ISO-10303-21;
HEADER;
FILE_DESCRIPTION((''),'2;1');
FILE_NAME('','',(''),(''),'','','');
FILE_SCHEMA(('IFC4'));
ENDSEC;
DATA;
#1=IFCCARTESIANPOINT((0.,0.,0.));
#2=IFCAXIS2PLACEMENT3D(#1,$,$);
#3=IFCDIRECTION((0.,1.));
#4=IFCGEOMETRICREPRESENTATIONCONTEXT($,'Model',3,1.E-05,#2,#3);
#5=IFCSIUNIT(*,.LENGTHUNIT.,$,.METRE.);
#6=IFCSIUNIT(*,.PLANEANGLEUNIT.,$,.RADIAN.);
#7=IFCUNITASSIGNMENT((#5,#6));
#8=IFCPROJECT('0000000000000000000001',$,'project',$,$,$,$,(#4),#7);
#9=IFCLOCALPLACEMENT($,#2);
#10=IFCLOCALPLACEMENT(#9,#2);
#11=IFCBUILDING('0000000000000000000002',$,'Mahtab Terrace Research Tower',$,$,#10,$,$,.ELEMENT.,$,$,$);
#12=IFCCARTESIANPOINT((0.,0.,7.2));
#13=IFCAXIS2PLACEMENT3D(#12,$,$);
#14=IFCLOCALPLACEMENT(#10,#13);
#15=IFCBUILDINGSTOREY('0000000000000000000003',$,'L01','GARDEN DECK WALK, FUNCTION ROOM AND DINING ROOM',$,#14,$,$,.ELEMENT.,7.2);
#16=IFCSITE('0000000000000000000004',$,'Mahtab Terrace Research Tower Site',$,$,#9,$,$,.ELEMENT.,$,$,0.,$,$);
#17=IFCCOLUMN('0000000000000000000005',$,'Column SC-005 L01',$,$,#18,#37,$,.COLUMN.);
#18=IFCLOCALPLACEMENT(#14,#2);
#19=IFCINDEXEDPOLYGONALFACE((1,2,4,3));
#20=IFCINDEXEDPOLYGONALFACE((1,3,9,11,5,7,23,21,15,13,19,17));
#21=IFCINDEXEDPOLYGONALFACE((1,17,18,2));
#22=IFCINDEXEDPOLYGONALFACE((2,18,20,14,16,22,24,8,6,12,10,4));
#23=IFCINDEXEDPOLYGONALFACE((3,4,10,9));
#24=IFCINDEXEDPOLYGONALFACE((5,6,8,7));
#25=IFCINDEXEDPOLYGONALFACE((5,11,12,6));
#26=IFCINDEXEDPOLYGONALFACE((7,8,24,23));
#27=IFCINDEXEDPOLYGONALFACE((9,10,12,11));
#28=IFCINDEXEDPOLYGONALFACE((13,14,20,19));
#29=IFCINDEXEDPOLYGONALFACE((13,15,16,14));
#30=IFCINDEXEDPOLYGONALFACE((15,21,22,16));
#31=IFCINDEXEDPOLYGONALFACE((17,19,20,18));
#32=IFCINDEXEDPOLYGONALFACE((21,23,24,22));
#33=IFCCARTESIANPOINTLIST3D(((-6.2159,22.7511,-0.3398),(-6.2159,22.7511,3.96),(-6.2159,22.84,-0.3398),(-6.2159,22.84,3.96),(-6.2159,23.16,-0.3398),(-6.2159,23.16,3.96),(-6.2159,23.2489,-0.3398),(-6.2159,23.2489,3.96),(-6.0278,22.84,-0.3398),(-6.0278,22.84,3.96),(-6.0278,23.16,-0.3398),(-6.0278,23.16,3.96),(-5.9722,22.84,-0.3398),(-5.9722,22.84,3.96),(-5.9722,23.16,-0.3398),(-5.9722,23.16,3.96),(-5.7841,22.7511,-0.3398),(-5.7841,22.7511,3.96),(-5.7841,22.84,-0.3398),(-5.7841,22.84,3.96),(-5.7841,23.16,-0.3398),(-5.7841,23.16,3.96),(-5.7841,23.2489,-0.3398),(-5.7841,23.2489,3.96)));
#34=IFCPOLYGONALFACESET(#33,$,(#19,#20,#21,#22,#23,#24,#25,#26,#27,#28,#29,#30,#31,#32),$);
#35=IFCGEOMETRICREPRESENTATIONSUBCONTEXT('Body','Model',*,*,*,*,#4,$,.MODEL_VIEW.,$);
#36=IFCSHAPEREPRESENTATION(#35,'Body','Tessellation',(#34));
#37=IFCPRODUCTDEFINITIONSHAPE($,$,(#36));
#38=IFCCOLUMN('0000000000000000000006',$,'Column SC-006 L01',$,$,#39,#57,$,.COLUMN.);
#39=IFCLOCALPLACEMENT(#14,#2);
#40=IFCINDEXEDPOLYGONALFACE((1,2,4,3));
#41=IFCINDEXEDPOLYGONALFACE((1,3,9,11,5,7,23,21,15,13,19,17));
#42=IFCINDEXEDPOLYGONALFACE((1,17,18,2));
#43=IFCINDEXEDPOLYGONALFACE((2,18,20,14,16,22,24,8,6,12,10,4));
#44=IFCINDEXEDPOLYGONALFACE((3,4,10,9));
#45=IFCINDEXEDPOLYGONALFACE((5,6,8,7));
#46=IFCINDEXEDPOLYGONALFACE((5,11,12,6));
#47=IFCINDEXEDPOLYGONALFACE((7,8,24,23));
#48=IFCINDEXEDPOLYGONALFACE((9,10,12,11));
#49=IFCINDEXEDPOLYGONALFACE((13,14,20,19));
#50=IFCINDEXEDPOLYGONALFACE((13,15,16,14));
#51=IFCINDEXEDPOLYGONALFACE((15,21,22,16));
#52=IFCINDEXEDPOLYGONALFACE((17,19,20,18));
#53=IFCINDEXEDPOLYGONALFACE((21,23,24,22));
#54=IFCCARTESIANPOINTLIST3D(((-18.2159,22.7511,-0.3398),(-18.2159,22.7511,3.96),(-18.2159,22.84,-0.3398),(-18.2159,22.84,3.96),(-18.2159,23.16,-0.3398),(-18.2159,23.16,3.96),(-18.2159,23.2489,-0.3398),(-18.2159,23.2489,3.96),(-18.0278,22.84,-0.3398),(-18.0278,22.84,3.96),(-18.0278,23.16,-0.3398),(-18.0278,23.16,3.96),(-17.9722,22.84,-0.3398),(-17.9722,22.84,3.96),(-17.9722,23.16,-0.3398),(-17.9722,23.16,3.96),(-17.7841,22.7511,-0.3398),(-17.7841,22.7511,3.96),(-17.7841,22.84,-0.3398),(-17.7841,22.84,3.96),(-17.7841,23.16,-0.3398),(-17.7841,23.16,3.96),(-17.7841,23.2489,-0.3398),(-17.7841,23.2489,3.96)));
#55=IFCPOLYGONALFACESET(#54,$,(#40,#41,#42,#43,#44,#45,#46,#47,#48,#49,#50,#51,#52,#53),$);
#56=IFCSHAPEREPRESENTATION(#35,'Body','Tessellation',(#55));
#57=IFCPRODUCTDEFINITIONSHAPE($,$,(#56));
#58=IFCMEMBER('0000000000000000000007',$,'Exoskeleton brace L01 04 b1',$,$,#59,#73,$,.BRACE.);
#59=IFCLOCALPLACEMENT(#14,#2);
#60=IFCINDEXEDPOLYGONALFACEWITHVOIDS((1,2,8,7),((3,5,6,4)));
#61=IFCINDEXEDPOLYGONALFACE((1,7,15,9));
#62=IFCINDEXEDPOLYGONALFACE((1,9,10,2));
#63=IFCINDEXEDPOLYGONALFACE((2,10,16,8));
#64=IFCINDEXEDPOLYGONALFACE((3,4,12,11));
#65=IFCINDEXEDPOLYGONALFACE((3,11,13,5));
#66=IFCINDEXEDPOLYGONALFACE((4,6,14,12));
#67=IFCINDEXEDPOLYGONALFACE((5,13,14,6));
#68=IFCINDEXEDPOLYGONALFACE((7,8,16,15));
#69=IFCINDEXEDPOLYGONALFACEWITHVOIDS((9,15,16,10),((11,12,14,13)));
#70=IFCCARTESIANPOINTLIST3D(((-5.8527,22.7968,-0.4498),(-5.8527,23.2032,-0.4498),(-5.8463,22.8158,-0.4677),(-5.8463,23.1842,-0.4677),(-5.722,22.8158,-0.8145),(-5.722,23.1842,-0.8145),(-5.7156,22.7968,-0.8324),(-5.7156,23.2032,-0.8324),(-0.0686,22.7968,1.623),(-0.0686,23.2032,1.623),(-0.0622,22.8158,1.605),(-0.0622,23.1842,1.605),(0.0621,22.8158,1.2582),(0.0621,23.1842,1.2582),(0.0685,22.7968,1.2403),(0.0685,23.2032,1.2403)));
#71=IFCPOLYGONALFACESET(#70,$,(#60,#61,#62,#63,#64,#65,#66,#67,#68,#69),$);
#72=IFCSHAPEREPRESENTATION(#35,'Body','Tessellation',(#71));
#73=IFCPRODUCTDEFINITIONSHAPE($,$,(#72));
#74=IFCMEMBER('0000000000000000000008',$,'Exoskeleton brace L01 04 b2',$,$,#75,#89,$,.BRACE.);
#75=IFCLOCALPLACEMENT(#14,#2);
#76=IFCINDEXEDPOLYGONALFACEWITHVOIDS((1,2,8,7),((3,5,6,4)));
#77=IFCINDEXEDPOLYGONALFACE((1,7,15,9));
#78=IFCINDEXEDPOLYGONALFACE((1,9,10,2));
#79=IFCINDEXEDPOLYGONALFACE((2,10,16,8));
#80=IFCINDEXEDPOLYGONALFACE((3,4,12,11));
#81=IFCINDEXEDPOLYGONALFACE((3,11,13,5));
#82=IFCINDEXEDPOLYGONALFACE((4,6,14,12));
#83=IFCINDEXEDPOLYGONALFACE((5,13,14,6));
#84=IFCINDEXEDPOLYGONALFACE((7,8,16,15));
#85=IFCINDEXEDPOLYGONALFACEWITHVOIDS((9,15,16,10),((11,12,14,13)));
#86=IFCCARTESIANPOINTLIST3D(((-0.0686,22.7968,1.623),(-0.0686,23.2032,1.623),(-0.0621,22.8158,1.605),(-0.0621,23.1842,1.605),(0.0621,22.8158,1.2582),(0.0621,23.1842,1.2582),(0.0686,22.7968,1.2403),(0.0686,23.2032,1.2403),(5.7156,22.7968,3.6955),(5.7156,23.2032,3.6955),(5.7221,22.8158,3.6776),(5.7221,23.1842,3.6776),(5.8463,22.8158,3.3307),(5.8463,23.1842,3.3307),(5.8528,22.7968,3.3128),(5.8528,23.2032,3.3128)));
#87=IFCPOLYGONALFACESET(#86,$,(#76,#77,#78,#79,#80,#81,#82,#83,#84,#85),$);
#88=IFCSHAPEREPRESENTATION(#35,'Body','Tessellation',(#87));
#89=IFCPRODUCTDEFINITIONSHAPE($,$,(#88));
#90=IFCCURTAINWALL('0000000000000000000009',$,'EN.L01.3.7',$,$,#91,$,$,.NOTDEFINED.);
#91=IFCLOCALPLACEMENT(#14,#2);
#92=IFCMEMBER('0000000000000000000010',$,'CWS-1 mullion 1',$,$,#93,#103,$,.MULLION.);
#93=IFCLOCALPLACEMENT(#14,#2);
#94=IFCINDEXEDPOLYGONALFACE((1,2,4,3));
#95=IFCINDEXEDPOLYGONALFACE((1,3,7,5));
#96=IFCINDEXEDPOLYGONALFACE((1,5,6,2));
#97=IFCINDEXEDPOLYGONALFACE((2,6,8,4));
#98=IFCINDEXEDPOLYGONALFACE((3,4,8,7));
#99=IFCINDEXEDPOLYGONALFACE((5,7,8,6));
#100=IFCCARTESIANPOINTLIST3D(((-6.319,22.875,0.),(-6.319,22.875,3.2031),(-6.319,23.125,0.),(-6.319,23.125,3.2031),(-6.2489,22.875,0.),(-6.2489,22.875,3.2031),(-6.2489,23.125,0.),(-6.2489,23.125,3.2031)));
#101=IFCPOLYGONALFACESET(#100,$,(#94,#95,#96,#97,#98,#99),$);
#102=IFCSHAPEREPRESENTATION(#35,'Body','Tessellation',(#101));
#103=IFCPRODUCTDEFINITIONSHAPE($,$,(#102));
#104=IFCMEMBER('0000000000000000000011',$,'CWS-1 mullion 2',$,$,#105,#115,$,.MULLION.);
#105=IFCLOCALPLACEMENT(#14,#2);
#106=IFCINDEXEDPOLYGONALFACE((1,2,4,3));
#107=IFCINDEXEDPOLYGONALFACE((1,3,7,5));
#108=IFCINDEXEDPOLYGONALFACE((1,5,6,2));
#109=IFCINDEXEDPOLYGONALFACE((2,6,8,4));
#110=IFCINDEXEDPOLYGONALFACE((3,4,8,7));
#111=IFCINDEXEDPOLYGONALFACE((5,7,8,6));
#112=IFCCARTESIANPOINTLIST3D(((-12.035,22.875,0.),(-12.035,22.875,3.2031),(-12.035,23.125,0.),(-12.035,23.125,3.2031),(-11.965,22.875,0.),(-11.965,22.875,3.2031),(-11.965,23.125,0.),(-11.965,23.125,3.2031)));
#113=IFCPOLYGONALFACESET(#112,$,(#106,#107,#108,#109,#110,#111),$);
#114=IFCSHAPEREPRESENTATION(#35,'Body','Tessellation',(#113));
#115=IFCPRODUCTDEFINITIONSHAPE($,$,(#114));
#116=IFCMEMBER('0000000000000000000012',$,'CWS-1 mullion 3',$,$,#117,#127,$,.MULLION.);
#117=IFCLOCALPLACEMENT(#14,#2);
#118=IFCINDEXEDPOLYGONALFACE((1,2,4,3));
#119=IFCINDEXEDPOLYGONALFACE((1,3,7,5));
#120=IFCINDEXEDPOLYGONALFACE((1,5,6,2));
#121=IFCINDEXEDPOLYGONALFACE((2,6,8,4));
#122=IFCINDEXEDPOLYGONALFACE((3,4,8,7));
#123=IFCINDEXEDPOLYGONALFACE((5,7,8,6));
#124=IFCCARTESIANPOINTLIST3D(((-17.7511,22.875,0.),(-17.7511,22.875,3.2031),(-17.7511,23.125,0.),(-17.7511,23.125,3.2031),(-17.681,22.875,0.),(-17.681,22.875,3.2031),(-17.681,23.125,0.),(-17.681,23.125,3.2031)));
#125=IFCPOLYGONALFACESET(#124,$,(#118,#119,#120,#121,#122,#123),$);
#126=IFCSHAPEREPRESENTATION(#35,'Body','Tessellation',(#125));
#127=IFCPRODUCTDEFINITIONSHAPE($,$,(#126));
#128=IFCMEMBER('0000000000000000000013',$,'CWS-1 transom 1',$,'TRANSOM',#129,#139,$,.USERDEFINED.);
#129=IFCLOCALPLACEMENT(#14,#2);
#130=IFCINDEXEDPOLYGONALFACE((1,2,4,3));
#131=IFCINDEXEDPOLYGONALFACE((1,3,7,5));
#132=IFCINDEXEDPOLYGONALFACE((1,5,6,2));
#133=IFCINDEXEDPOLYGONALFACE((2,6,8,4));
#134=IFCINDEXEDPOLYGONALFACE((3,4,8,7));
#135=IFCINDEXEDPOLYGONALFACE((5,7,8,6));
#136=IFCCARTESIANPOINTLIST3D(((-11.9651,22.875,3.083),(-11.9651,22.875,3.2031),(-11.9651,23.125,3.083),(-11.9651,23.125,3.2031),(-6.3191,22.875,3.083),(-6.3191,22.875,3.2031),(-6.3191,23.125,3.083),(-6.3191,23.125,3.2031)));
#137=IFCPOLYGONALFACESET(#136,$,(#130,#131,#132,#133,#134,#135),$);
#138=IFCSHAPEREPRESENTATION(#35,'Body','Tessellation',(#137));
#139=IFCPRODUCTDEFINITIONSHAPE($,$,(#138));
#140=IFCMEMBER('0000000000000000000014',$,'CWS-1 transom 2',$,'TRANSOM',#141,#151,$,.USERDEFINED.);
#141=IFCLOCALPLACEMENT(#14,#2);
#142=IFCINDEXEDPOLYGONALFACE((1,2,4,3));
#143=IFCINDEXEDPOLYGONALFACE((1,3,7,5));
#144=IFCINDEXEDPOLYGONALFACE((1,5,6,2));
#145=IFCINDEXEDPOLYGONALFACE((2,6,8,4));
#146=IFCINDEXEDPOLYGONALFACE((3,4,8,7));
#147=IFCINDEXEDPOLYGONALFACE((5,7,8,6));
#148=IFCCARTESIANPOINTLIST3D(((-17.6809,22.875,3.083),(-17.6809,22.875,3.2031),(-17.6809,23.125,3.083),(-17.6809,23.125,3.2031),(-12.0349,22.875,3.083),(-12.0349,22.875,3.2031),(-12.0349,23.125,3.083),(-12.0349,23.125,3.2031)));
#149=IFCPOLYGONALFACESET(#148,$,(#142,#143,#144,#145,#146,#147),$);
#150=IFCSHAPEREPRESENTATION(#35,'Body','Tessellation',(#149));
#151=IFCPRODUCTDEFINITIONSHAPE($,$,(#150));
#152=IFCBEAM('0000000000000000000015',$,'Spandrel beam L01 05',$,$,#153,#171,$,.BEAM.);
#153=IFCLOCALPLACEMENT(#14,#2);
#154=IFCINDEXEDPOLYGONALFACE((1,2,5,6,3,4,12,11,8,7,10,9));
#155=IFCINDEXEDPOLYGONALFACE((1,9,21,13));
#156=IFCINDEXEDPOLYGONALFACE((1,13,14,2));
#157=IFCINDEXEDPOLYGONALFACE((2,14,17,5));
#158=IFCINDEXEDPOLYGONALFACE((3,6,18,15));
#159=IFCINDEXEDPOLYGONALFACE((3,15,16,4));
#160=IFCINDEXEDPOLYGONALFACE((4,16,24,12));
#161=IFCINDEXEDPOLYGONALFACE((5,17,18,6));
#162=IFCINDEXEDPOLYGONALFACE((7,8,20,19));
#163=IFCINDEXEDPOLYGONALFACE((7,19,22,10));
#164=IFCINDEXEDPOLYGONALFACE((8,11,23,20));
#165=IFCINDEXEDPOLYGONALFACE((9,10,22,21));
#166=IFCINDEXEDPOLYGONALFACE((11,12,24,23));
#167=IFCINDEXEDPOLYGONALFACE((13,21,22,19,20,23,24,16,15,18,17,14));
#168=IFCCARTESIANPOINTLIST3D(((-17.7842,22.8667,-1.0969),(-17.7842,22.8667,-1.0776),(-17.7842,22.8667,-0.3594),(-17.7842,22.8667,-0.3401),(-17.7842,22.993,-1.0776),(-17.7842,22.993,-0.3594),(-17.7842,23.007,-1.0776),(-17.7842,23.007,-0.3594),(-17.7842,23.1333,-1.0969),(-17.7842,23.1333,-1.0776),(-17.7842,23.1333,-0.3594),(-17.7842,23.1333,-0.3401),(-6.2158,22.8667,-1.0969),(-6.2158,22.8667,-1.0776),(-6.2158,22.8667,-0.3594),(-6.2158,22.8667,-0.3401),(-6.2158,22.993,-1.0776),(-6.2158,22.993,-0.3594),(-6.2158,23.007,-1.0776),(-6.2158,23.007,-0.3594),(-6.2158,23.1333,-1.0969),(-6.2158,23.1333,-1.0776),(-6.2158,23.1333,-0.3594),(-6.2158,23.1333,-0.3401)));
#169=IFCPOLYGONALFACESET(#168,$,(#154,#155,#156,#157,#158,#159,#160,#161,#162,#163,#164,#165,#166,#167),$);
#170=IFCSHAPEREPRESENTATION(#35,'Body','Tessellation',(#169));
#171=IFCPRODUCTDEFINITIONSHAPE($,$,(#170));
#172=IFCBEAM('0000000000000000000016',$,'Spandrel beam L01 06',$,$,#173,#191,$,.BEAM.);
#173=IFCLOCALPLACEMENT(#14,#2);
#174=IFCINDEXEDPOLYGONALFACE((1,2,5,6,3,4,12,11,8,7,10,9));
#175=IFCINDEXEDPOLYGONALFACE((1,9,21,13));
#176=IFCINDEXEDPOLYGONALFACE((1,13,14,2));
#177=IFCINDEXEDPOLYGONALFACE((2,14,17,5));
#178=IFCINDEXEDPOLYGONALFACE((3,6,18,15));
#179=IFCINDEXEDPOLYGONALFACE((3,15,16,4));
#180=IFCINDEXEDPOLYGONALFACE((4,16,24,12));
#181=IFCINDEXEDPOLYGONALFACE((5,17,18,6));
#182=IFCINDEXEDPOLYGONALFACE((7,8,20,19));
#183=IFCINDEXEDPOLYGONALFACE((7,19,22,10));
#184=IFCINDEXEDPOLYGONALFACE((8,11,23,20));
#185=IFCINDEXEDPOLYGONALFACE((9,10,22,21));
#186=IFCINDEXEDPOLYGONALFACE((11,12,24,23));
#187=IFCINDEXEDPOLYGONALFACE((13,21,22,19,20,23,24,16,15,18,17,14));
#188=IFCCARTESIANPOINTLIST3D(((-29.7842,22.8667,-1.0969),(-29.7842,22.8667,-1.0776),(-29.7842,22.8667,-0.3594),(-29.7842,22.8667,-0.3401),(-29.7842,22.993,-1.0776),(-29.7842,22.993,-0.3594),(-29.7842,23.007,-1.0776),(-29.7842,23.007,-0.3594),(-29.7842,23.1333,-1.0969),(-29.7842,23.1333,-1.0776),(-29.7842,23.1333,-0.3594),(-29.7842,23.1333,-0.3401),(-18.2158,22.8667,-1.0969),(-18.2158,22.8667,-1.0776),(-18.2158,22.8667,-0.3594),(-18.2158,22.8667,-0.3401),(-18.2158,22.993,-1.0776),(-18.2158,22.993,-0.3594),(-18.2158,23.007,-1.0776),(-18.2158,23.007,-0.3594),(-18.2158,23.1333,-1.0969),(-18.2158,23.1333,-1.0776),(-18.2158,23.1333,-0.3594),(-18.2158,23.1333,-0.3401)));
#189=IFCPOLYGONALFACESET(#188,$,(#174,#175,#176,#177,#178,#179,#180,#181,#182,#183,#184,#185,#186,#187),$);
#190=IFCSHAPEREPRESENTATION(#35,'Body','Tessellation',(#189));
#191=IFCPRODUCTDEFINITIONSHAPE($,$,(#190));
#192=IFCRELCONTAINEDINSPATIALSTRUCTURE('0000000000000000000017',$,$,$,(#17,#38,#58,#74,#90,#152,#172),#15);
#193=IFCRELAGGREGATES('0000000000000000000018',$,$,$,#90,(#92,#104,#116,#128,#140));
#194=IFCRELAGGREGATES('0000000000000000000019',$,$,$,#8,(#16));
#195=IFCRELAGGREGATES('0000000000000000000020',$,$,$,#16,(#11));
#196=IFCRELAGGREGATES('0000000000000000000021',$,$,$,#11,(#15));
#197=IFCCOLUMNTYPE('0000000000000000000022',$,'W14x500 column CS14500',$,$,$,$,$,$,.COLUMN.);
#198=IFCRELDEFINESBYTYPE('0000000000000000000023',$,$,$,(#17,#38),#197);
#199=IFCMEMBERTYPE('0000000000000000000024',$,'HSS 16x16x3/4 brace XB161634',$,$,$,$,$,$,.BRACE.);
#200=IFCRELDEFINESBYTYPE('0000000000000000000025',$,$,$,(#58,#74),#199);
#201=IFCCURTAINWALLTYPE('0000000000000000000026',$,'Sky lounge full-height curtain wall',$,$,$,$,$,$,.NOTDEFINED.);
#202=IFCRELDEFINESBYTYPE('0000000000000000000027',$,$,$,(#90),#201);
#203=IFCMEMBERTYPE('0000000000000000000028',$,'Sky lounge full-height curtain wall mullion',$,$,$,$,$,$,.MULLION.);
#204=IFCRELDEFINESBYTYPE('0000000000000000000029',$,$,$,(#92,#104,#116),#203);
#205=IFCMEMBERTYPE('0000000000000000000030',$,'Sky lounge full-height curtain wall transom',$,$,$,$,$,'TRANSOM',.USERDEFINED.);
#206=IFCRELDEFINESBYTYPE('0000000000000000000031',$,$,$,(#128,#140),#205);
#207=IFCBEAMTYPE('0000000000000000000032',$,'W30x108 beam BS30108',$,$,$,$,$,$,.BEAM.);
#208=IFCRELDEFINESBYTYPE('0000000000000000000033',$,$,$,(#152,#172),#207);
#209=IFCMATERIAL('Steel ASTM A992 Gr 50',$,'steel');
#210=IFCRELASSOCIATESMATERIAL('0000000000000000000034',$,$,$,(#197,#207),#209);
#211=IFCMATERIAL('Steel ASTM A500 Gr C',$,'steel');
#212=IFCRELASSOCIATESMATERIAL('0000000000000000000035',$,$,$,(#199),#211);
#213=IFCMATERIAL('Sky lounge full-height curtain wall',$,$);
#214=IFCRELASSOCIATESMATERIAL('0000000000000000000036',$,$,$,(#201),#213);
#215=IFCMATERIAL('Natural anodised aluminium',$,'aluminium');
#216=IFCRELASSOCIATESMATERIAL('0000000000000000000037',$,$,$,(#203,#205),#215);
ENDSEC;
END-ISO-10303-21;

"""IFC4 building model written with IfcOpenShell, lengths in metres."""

from ifc_helpers import new_model, si_unit, direction, frame, origin, origin_2d, place, context, subcontext, project, spatial, rectangle, hollow_rectangle, i_section, extrude, material, material_profile, profile_set, type_object, element, aggregate, save


model = new_model("IFC4")

# Units and contexts
model_context = context("Model", 3, precision=1e-05, world=origin(), true_north=direction((0.0, 1.0)))
body_context = subcontext(model_context, "Body", "Model", "MODEL_VIEW")
ifc_project = project(units=[si_unit("LENGTHUNIT", "METRE"), si_unit("PLANEANGLEUNIT", "RADIAN")], contexts=[model_context])

# Site, building, storey
site_placement = place(None, origin())
site = spatial("IfcSite", under=ifc_project, at=site_placement, Name="Mahtab Terrace Research Tower Site", CompositionType="ELEMENT", RefElevation=0.0)
building_placement = place(site_placement, origin())
building = spatial("IfcBuilding", under=site, at=building_placement, Name="Mahtab Terrace Research Tower", CompositionType="ELEMENT")
storey_placement = place(building_placement, frame((0.0, 0.0, 7.2)))
storey = spatial("IfcBuildingStorey", under=building, at=storey_placement, Name="L01", Description="GARDEN DECK WALK, FUNCTION ROOM AND DINING ROOM", CompositionType="ELEMENT", Elevation=7.2)

# Columns
ifc_material_1 = material(Name="Steel ASTM A992 Gr 50", Category="steel")
ifc_material_profile_1 = material_profile(ifc_material_1, i_section(OverallWidth=0.4319, OverallDepth=0.4978, WebThickness=0.0557, FlangeThickness=0.0889, at=origin_2d()), Name="W14X500")
ifc_profile_set_1 = profile_set([ifc_material_profile_1], Name="Steel ASTM A992 Gr 50")
column_type = type_object("IfcColumnType", Name="W14x500 column CS14500", PredefinedType="COLUMN", material=ifc_profile_set_1)
for number, where, z_axis, x_axis, name in (
    (1, (-6.0, 23.0, -0.3398), (0.0, 0.0, 1.0), (1.0, 0.0, 0.0), "Column SC-005 L01"),
    (2, (-18.0, 23.0, -0.3398), (0.0, 0.0, 1.0), (1.0, 0.0, 0.0), "Column SC-006 L01"),
):
    element("IfcColumn", number, at=place(storey_placement, frame(where, z_axis=z_axis, x_axis=x_axis)), inside=storey, type_object=column_type, Name=name, PredefinedType="COLUMN", context=body_context, shape_type="SweptSolid", body=[
        extrude(i_section(OverallWidth=0.4319, OverallDepth=0.4978, WebThickness=0.0557, FlangeThickness=0.0889, at=origin_2d()), origin(), (0.0, 0.0, 1.0), 4.2998),
    ])

# Members
ifc_material_2 = material(Name="Steel ASTM A500 Gr C", Category="steel")
ifc_material_profile_2 = material_profile(ifc_material_2, hollow_rectangle(XDim=0.4065, YDim=0.4065, WallThickness=0.019, at=origin_2d()), Name="HSS16X16X3/4")
ifc_profile_set_2 = profile_set([ifc_material_profile_2], Name="Steel ASTM A500 Gr C")
member_type_1 = type_object("IfcMemberType", Name="HSS 16x16x3/4 brace XB161634", PredefinedType="BRACE", material=ifc_profile_set_2)
for number, where, z_axis, x_axis, name in (
    (3, (-5.7842, 23.0, -0.6411), (0.941382, 0.0, 0.337343), (0.0, 1.0, 0.0), "Exoskeleton brace L01 04 b1"),
    (4, (0.0, 23.0, 1.4316), (0.941394, 0.0, 0.337308), (0.0, 1.0, 0.0), "Exoskeleton brace L01 04 b2"),
):
    element("IfcMember", number, at=place(storey_placement, frame(where, z_axis=z_axis, x_axis=x_axis)), inside=storey, type_object=member_type_1, Name=name, PredefinedType="BRACE", context=body_context, shape_type="SweptSolid", body=[
        extrude(hollow_rectangle(XDim=0.4065, YDim=0.4065, WallThickness=0.019, at=origin_2d()), origin(), (0.0, 0.0, 1.0), 6.1443),
    ])

# Curtain wall, members
ifc_material_3 = material(Name="Sky lounge full-height curtain wall")
curtain_wall_type = type_object("IfcCurtainWallType", Name="Sky lounge full-height curtain wall", PredefinedType="NOTDEFINED", material=ifc_material_3)
curtain_wall_placement = place(storey_placement, origin())
curtain_wall = element("IfcCurtainWall", 5, at=curtain_wall_placement, inside=storey, type_object=curtain_wall_type, Name="EN.L01.3.7", PredefinedType="NOTDEFINED")
ifc_material_4 = material(Name="Natural anodised aluminium", Category="aluminium")
ifc_material_profile_3 = material_profile(ifc_material_4, rectangle(XDim=0.25, YDim=0.0701, at=origin_2d()), Name="MULLION 70x250")
ifc_profile_set_3 = profile_set([ifc_material_profile_3], Name="Natural anodised aluminium")
member_type_2 = type_object("IfcMemberType", Name="Sky lounge full-height curtain wall mullion", PredefinedType="MULLION", material=ifc_profile_set_3)
member_1_placement = place(storey_placement, frame((-6.2839, 23.0, 0.0), z_axis=(0.0, 0.0, 1.0), x_axis=(0.0, -1.0, 0.0)))
member_1 = element("IfcMember", 6, at=member_1_placement, type_object=member_type_2, Name="CWS-1 mullion 1", PredefinedType="MULLION", context=body_context, shape_type="SweptSolid", body=[
    extrude(rectangle(XDim=0.25, YDim=0.0701, at=origin_2d()), origin(), (0.0, 0.0, 1.0), 3.2031),
])
member_2_placement = place(storey_placement, frame((-12.0, 23.0, 0.0), z_axis=(0.0, 0.0, 1.0), x_axis=(0.0, -1.0, 0.0)))
member_2 = element("IfcMember", 7, at=member_2_placement, type_object=member_type_2, Name="CWS-1 mullion 2", PredefinedType="MULLION", context=body_context, shape_type="SweptSolid", body=[
    extrude(rectangle(XDim=0.25, YDim=0.0701, at=origin_2d()), origin(), (0.0, 0.0, 1.0), 3.2031),
])
member_3_placement = place(storey_placement, frame((-17.7161, 23.0, 0.0), z_axis=(0.0, 0.0, 1.0), x_axis=(0.0, -1.0, 0.0)))
member_3 = element("IfcMember", 8, at=member_3_placement, type_object=member_type_2, Name="CWS-1 mullion 3", PredefinedType="MULLION", context=body_context, shape_type="SweptSolid", body=[
    extrude(rectangle(XDim=0.25, YDim=0.0701, at=origin_2d()), origin(), (0.0, 0.0, 1.0), 3.2031),
])
ifc_material_profile_4 = material_profile(ifc_material_4, rectangle(XDim=0.25, YDim=0.1201, at=origin_2d()), Name="TRANSOM 120x250")
ifc_profile_set_4 = profile_set([ifc_material_profile_4], Name="Natural anodised aluminium")
member_type_3 = type_object("IfcMemberType", Name="Sky lounge full-height curtain wall transom", ElementType="TRANSOM", PredefinedType="USERDEFINED", material=ifc_profile_set_4)
member_4_placement = place(storey_placement, frame((-6.3191, 23.0, 3.1431), z_axis=(-1.0, 0.0, 0.0), x_axis=(0.0, -1.0, 0.0)))
member_4 = element("IfcMember", 9, at=member_4_placement, type_object=member_type_3, Name="CWS-1 transom 1", ObjectType="TRANSOM", PredefinedType="USERDEFINED", context=body_context, shape_type="SweptSolid", body=[
    extrude(rectangle(XDim=0.25, YDim=0.1201, at=origin_2d()), origin(), (0.0, 0.0, 1.0), 5.646),
])
member_5_placement = place(storey_placement, frame((-12.0349, 23.0, 3.1431), z_axis=(-1.0, 0.0, 0.0), x_axis=(0.0, -1.0, 0.0)))
member_5 = element("IfcMember", 10, at=member_5_placement, type_object=member_type_3, Name="CWS-1 transom 2", ObjectType="TRANSOM", PredefinedType="USERDEFINED", context=body_context, shape_type="SweptSolid", body=[
    extrude(rectangle(XDim=0.25, YDim=0.1201, at=origin_2d()), origin(), (0.0, 0.0, 1.0), 5.646),
])

# Beams
ifc_material_profile_5 = material_profile(ifc_material_1, i_section(OverallWidth=0.2666, OverallDepth=0.7568, WebThickness=0.0139, FlangeThickness=0.0193, at=origin_2d()), Name="W30X108")
ifc_profile_set_5 = profile_set([ifc_material_profile_5], Name="Steel ASTM A992 Gr 50")
beam_type = type_object("IfcBeamType", Name="W30x108 beam BS30108", PredefinedType="BEAM", material=ifc_profile_set_5)
for number, where, z_axis, x_axis, name in (
    (11, (-6.2158, 23.0, -0.7185), (-1.0, 0.0, 0.0), (0.0, -1.0, 0.0), "Spandrel beam L01 05"),
    (12, (-18.2158, 23.0, -0.7185), (-1.0, 0.0, 0.0), (0.0, -1.0, 0.0), "Spandrel beam L01 06"),
):
    element("IfcBeam", number, at=place(storey_placement, frame(where, z_axis=z_axis, x_axis=x_axis)), inside=storey, type_object=beam_type, Name=name, PredefinedType="BEAM", context=body_context, shape_type="SweptSolid", body=[
        extrude(i_section(OverallWidth=0.2666, OverallDepth=0.7568, WebThickness=0.0139, FlangeThickness=0.0193, at=origin_2d()), origin(), (0.0, 0.0, 1.0), 11.5684),
    ])

aggregate(curtain_wall, [member_1, member_2, member_3, member_4, member_5])

save(model, "model.ifc")
